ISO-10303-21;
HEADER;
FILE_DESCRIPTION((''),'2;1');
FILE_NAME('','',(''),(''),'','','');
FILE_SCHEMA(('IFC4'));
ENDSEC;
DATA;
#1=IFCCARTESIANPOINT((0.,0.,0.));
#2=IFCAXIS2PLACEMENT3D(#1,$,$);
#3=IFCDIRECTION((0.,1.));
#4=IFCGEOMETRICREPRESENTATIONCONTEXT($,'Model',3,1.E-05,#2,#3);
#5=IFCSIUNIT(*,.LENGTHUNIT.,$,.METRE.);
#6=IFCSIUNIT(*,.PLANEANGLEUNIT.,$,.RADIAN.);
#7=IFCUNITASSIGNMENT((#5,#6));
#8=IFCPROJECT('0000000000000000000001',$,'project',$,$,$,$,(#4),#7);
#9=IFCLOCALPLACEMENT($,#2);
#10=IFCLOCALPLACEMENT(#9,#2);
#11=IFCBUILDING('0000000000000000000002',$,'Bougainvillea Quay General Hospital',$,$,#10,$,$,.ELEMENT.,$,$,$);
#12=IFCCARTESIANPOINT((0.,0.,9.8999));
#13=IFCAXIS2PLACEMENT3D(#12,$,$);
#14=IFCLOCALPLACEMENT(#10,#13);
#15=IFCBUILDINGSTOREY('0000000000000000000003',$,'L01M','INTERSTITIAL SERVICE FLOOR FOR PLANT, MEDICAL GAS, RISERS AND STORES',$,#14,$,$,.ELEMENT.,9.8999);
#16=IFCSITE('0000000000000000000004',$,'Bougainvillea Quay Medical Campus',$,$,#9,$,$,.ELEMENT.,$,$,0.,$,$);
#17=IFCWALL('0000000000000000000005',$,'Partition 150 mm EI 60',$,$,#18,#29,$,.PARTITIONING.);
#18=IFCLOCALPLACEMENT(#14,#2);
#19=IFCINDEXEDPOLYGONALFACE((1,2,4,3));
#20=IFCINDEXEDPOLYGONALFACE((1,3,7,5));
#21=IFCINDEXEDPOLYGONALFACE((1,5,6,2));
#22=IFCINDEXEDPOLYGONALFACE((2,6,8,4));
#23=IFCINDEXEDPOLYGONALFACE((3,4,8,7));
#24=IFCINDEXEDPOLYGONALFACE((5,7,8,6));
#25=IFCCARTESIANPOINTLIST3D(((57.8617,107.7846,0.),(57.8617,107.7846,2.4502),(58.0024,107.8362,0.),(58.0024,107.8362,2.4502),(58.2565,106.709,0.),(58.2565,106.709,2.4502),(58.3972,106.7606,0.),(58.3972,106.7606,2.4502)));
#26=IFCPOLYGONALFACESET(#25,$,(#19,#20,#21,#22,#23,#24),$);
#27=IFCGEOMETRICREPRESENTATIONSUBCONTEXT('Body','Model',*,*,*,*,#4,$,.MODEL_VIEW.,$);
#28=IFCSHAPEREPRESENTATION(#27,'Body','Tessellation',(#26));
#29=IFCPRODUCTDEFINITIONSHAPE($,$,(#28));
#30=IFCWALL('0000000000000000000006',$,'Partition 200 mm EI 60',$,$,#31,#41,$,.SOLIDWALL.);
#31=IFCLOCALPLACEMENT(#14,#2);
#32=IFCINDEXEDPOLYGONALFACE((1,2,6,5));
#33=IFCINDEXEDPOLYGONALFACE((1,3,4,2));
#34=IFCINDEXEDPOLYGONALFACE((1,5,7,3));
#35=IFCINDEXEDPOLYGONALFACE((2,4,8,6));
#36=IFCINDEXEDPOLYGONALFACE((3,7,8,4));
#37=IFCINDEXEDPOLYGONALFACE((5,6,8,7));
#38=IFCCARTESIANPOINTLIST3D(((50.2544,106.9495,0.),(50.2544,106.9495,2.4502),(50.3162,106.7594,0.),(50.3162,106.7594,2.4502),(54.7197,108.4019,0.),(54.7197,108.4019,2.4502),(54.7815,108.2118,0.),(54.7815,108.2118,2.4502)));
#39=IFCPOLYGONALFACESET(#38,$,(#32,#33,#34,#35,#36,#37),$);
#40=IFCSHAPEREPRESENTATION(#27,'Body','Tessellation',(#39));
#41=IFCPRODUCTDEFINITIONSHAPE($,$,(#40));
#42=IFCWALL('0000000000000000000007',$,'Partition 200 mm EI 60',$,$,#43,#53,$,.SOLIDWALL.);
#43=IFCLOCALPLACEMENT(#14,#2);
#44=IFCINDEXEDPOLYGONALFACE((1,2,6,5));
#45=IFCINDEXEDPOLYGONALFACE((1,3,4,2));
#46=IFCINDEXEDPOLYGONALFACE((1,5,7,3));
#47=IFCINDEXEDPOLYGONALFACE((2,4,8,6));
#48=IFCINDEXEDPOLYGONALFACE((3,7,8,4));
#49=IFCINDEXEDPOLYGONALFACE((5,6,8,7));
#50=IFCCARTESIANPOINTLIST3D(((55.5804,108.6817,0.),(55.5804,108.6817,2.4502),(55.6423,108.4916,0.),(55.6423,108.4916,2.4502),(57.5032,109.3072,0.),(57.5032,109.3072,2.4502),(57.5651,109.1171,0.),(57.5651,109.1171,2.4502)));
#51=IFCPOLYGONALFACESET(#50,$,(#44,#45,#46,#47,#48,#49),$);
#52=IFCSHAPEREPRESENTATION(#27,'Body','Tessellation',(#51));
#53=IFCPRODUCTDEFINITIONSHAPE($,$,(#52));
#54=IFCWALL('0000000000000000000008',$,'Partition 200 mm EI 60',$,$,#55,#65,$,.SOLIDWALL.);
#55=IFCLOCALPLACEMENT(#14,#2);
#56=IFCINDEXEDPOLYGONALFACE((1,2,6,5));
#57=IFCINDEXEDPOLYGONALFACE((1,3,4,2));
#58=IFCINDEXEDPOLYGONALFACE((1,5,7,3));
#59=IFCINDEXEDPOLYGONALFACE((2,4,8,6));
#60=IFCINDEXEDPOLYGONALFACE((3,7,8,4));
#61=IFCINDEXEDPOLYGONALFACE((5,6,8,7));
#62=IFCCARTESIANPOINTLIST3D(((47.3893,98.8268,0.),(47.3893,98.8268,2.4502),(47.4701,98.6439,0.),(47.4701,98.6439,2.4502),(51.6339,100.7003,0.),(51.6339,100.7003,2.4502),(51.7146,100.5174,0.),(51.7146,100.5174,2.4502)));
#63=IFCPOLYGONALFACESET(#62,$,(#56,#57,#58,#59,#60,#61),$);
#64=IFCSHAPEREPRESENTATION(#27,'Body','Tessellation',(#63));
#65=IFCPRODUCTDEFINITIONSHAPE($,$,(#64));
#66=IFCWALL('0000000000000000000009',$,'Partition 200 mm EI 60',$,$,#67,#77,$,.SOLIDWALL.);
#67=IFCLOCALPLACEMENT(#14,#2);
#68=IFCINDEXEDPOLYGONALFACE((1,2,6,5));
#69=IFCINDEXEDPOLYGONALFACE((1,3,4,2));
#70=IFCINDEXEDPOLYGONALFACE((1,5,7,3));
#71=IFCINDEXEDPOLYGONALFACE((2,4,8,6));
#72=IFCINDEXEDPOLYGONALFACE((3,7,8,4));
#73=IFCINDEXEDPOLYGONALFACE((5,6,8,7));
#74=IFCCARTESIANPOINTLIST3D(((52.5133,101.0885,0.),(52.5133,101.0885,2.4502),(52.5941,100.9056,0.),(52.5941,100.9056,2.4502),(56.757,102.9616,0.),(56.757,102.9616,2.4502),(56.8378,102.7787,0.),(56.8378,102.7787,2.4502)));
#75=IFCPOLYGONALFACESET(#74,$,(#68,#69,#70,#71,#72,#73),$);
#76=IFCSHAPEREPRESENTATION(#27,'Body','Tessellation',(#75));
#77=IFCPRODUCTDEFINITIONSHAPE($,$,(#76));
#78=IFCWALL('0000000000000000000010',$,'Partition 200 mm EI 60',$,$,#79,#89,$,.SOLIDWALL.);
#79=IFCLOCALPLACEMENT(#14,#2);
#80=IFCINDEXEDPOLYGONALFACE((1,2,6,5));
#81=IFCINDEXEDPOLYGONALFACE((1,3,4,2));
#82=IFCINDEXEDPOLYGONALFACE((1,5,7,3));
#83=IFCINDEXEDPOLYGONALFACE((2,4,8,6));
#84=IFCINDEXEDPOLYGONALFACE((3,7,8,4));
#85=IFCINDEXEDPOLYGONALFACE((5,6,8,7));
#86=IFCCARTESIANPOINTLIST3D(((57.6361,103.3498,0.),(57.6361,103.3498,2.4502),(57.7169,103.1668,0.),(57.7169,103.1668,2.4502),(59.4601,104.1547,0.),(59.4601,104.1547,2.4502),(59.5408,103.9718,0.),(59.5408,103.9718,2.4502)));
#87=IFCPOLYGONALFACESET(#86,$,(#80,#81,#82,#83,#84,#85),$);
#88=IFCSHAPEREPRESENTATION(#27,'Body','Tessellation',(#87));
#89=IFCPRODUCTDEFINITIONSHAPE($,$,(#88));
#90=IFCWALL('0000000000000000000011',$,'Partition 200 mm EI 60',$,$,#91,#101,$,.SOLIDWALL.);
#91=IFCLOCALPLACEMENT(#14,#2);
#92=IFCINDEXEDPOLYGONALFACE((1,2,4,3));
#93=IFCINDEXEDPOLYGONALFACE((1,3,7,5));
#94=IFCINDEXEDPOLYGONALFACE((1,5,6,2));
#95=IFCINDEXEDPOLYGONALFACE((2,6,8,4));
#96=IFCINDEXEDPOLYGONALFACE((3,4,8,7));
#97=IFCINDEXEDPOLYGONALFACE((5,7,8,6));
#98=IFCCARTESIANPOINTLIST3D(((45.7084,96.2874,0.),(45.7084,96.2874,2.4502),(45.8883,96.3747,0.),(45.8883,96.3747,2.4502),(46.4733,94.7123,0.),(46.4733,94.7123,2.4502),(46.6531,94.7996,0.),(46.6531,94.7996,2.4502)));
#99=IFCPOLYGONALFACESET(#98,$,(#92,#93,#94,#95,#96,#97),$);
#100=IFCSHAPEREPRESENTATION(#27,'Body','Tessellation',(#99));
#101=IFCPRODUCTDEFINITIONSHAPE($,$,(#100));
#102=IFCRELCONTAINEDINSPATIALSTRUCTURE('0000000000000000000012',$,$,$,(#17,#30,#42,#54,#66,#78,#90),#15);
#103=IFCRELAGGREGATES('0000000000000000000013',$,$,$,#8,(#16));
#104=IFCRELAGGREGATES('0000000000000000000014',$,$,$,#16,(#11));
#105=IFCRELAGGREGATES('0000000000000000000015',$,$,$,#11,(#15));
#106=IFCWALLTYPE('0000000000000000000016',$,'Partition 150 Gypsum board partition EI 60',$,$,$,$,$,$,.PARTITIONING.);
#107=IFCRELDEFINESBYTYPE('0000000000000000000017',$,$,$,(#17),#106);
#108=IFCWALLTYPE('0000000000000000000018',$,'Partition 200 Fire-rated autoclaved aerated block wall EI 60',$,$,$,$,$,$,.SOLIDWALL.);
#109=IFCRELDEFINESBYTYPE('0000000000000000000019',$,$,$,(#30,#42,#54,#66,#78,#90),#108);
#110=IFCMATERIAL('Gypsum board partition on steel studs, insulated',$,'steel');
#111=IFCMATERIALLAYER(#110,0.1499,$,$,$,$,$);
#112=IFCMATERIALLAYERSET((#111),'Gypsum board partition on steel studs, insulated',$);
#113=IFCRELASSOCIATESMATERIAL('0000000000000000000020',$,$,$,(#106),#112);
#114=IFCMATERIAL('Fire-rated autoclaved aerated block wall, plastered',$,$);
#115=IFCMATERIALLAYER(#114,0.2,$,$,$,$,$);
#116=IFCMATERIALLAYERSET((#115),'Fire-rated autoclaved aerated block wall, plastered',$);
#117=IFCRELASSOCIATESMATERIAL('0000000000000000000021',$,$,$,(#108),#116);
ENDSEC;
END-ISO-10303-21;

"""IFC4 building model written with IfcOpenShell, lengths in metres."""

from ifc_helpers import new_model, si_unit, direction, frame, frame_2d, origin, place, context, subcontext, project, spatial, rectangle, extrude, material, layer, layer_set, type_object, element, save


model = new_model("IFC4")

# Units and contexts
model_context = context("Model", 3, precision=1e-05, world=origin(), true_north=direction((0.0, 1.0)))
body_context = subcontext(model_context, "Body", "Model", "MODEL_VIEW")
ifc_project = project(units=[si_unit("LENGTHUNIT", "METRE"), si_unit("PLANEANGLEUNIT", "RADIAN")], contexts=[model_context])

# Site, building, storey
site_placement = place(None, origin())
site = spatial("IfcSite", under=ifc_project, at=site_placement, Name="Bougainvillea Quay Medical Campus", CompositionType="ELEMENT", RefElevation=0.0)
building_placement = place(site_placement, origin())
building = spatial("IfcBuilding", under=site, at=building_placement, Name="Bougainvillea Quay General Hospital", CompositionType="ELEMENT")
storey_placement = place(building_placement, frame((0.0, 0.0, 9.8999)))
storey = spatial("IfcBuildingStorey", under=building, at=storey_placement, Name="L01M", Description="INTERSTITIAL SERVICE FLOOR FOR PLANT, MEDICAL GAS, RISERS AND STORES", CompositionType="ELEMENT", Elevation=9.8999)

# Walls
ifc_material_1 = material(Name="Gypsum board partition on steel studs, insulated", Category="steel")
ifc_layer_1 = layer(ifc_material_1, 0.1499)
ifc_layer_set_1 = layer_set([ifc_layer_1], Name="Gypsum board partition on steel studs, insulated")
wall_type_1 = type_object("IfcWallType", Name="Partition 150 Gypsum board partition EI 60", PredefinedType="PARTITIONING", material=ifc_layer_set_1)
wall_1_placement = place(storey_placement, frame((57.9321, 107.8103, 0.0), z_axis=(0.0, 0.0, 1.0), x_axis=(0.34453, -0.938775, 0.0)))
element("IfcWall", 1, at=wall_1_placement, inside=storey, type_object=wall_type_1, Name="Partition 150 mm EI 60", PredefinedType="PARTITIONING", context=body_context, shape_type="SweptSolid", body=[
    extrude(rectangle(XDim=1.1458, YDim=0.1499, at=frame_2d((0.5728, 0.0))), origin(), (0.0, 0.0, 1.0), 2.4502),
])
ifc_material_2 = material(Name="Fire-rated autoclaved aerated block wall, plastered")
ifc_layer_2 = layer(ifc_material_2, 0.2)
ifc_layer_set_2 = layer_set([ifc_layer_2], Name="Fire-rated autoclaved aerated block wall, plastered")
wall_type_2 = type_object("IfcWallType", Name="Partition 200 Fire-rated autoclaved aerated block wall EI 60", PredefinedType="SOLIDWALL", material=ifc_layer_set_2)
wall_2_placement = place(storey_placement, frame((50.2854, 106.8545, 0.0), z_axis=(0.0, 0.0, 1.0), x_axis=(0.950961, 0.309309, 0.0)))
element("IfcWall", 2, at=wall_2_placement, inside=storey, type_object=wall_type_2, Name="Partition 200 mm EI 60", PredefinedType="SOLIDWALL", context=body_context, shape_type="SweptSolid", body=[
    extrude(rectangle(XDim=4.6956, YDim=0.2, at=frame_2d((2.3477, 0.0))), origin(), (0.0, 0.0, 1.0), 2.4502),
])
wall_3_placement = place(storey_placement, frame((55.6113, 108.5867, 0.0), z_axis=(0.0, 0.0, 1.0), x_axis=(0.950952, 0.309337, 0.0)))
element("IfcWall", 3, at=wall_3_placement, inside=storey, type_object=wall_type_2, Name="Partition 200 mm EI 60", PredefinedType="SOLIDWALL", context=body_context, shape_type="SweptSolid", body=[
    extrude(rectangle(XDim=2.022, YDim=0.2, at=frame_2d((1.011, 0.0))), origin(), (0.0, 0.0, 1.0), 2.4502),
])
wall_4_placement = place(storey_placement, frame((47.4297, 98.7354, 0.0), z_axis=(0.0, 0.0, 1.0), x_axis=(0.914846, 0.403803, 0.0)))
element("IfcWall", 4, at=wall_4_placement, inside=storey, type_object=wall_type_2, Name="Partition 200 mm EI 60", PredefinedType="SOLIDWALL", context=body_context, shape_type="SweptSolid", body=[
    extrude(rectangle(XDim=4.6396, YDim=0.2, at=frame_2d((2.3198, 0.0))), origin(), (0.0, 0.0, 1.0), 2.4502),
])
wall_5_placement = place(storey_placement, frame((52.5537, 100.9971, 0.0), z_axis=(0.0, 0.0, 1.0), x_axis=(0.91485, 0.403793, 0.0)))
element("IfcWall", 5, at=wall_5_placement, inside=storey, type_object=wall_type_2, Name="Partition 200 mm EI 60", PredefinedType="SOLIDWALL", context=body_context, shape_type="SweptSolid", body=[
    extrude(rectangle(XDim=4.6387, YDim=0.2, at=frame_2d((2.3193, 0.0))), origin(), (0.0, 0.0, 1.0), 2.4502),
])
wall_6_placement = place(storey_placement, frame((57.6765, 103.2583, 0.0), z_axis=(0.0, 0.0, 1.0), x_axis=(0.914874, 0.40374, 0.0)))
element("IfcWall", 6, at=wall_6_placement, inside=storey, type_object=wall_type_2, Name="Partition 200 mm EI 60", PredefinedType="SOLIDWALL", context=body_context, shape_type="SweptSolid", body=[
    extrude(rectangle(XDim=1.9937, YDim=0.2, at=frame_2d((0.9968, 0.0))), origin(), (0.0, 0.0, 1.0), 2.4502),
])
wall_7_placement = place(storey_placement, frame((45.7983, 96.3311, 0.0), z_axis=(0.0, 0.0, 1.0), x_axis=(0.43681, -0.899554, 0.0)))
element("IfcWall", 7, at=wall_7_placement, inside=storey, type_object=wall_type_2, Name="Partition 200 mm EI 60", PredefinedType="SOLIDWALL", context=body_context, shape_type="SweptSolid", body=[
    extrude(rectangle(XDim=1.751, YDim=0.2, at=frame_2d((0.8755, 0.0))), origin(), (0.0, 0.0, 1.0), 2.4502),
])

save(model, "model.ifc")
